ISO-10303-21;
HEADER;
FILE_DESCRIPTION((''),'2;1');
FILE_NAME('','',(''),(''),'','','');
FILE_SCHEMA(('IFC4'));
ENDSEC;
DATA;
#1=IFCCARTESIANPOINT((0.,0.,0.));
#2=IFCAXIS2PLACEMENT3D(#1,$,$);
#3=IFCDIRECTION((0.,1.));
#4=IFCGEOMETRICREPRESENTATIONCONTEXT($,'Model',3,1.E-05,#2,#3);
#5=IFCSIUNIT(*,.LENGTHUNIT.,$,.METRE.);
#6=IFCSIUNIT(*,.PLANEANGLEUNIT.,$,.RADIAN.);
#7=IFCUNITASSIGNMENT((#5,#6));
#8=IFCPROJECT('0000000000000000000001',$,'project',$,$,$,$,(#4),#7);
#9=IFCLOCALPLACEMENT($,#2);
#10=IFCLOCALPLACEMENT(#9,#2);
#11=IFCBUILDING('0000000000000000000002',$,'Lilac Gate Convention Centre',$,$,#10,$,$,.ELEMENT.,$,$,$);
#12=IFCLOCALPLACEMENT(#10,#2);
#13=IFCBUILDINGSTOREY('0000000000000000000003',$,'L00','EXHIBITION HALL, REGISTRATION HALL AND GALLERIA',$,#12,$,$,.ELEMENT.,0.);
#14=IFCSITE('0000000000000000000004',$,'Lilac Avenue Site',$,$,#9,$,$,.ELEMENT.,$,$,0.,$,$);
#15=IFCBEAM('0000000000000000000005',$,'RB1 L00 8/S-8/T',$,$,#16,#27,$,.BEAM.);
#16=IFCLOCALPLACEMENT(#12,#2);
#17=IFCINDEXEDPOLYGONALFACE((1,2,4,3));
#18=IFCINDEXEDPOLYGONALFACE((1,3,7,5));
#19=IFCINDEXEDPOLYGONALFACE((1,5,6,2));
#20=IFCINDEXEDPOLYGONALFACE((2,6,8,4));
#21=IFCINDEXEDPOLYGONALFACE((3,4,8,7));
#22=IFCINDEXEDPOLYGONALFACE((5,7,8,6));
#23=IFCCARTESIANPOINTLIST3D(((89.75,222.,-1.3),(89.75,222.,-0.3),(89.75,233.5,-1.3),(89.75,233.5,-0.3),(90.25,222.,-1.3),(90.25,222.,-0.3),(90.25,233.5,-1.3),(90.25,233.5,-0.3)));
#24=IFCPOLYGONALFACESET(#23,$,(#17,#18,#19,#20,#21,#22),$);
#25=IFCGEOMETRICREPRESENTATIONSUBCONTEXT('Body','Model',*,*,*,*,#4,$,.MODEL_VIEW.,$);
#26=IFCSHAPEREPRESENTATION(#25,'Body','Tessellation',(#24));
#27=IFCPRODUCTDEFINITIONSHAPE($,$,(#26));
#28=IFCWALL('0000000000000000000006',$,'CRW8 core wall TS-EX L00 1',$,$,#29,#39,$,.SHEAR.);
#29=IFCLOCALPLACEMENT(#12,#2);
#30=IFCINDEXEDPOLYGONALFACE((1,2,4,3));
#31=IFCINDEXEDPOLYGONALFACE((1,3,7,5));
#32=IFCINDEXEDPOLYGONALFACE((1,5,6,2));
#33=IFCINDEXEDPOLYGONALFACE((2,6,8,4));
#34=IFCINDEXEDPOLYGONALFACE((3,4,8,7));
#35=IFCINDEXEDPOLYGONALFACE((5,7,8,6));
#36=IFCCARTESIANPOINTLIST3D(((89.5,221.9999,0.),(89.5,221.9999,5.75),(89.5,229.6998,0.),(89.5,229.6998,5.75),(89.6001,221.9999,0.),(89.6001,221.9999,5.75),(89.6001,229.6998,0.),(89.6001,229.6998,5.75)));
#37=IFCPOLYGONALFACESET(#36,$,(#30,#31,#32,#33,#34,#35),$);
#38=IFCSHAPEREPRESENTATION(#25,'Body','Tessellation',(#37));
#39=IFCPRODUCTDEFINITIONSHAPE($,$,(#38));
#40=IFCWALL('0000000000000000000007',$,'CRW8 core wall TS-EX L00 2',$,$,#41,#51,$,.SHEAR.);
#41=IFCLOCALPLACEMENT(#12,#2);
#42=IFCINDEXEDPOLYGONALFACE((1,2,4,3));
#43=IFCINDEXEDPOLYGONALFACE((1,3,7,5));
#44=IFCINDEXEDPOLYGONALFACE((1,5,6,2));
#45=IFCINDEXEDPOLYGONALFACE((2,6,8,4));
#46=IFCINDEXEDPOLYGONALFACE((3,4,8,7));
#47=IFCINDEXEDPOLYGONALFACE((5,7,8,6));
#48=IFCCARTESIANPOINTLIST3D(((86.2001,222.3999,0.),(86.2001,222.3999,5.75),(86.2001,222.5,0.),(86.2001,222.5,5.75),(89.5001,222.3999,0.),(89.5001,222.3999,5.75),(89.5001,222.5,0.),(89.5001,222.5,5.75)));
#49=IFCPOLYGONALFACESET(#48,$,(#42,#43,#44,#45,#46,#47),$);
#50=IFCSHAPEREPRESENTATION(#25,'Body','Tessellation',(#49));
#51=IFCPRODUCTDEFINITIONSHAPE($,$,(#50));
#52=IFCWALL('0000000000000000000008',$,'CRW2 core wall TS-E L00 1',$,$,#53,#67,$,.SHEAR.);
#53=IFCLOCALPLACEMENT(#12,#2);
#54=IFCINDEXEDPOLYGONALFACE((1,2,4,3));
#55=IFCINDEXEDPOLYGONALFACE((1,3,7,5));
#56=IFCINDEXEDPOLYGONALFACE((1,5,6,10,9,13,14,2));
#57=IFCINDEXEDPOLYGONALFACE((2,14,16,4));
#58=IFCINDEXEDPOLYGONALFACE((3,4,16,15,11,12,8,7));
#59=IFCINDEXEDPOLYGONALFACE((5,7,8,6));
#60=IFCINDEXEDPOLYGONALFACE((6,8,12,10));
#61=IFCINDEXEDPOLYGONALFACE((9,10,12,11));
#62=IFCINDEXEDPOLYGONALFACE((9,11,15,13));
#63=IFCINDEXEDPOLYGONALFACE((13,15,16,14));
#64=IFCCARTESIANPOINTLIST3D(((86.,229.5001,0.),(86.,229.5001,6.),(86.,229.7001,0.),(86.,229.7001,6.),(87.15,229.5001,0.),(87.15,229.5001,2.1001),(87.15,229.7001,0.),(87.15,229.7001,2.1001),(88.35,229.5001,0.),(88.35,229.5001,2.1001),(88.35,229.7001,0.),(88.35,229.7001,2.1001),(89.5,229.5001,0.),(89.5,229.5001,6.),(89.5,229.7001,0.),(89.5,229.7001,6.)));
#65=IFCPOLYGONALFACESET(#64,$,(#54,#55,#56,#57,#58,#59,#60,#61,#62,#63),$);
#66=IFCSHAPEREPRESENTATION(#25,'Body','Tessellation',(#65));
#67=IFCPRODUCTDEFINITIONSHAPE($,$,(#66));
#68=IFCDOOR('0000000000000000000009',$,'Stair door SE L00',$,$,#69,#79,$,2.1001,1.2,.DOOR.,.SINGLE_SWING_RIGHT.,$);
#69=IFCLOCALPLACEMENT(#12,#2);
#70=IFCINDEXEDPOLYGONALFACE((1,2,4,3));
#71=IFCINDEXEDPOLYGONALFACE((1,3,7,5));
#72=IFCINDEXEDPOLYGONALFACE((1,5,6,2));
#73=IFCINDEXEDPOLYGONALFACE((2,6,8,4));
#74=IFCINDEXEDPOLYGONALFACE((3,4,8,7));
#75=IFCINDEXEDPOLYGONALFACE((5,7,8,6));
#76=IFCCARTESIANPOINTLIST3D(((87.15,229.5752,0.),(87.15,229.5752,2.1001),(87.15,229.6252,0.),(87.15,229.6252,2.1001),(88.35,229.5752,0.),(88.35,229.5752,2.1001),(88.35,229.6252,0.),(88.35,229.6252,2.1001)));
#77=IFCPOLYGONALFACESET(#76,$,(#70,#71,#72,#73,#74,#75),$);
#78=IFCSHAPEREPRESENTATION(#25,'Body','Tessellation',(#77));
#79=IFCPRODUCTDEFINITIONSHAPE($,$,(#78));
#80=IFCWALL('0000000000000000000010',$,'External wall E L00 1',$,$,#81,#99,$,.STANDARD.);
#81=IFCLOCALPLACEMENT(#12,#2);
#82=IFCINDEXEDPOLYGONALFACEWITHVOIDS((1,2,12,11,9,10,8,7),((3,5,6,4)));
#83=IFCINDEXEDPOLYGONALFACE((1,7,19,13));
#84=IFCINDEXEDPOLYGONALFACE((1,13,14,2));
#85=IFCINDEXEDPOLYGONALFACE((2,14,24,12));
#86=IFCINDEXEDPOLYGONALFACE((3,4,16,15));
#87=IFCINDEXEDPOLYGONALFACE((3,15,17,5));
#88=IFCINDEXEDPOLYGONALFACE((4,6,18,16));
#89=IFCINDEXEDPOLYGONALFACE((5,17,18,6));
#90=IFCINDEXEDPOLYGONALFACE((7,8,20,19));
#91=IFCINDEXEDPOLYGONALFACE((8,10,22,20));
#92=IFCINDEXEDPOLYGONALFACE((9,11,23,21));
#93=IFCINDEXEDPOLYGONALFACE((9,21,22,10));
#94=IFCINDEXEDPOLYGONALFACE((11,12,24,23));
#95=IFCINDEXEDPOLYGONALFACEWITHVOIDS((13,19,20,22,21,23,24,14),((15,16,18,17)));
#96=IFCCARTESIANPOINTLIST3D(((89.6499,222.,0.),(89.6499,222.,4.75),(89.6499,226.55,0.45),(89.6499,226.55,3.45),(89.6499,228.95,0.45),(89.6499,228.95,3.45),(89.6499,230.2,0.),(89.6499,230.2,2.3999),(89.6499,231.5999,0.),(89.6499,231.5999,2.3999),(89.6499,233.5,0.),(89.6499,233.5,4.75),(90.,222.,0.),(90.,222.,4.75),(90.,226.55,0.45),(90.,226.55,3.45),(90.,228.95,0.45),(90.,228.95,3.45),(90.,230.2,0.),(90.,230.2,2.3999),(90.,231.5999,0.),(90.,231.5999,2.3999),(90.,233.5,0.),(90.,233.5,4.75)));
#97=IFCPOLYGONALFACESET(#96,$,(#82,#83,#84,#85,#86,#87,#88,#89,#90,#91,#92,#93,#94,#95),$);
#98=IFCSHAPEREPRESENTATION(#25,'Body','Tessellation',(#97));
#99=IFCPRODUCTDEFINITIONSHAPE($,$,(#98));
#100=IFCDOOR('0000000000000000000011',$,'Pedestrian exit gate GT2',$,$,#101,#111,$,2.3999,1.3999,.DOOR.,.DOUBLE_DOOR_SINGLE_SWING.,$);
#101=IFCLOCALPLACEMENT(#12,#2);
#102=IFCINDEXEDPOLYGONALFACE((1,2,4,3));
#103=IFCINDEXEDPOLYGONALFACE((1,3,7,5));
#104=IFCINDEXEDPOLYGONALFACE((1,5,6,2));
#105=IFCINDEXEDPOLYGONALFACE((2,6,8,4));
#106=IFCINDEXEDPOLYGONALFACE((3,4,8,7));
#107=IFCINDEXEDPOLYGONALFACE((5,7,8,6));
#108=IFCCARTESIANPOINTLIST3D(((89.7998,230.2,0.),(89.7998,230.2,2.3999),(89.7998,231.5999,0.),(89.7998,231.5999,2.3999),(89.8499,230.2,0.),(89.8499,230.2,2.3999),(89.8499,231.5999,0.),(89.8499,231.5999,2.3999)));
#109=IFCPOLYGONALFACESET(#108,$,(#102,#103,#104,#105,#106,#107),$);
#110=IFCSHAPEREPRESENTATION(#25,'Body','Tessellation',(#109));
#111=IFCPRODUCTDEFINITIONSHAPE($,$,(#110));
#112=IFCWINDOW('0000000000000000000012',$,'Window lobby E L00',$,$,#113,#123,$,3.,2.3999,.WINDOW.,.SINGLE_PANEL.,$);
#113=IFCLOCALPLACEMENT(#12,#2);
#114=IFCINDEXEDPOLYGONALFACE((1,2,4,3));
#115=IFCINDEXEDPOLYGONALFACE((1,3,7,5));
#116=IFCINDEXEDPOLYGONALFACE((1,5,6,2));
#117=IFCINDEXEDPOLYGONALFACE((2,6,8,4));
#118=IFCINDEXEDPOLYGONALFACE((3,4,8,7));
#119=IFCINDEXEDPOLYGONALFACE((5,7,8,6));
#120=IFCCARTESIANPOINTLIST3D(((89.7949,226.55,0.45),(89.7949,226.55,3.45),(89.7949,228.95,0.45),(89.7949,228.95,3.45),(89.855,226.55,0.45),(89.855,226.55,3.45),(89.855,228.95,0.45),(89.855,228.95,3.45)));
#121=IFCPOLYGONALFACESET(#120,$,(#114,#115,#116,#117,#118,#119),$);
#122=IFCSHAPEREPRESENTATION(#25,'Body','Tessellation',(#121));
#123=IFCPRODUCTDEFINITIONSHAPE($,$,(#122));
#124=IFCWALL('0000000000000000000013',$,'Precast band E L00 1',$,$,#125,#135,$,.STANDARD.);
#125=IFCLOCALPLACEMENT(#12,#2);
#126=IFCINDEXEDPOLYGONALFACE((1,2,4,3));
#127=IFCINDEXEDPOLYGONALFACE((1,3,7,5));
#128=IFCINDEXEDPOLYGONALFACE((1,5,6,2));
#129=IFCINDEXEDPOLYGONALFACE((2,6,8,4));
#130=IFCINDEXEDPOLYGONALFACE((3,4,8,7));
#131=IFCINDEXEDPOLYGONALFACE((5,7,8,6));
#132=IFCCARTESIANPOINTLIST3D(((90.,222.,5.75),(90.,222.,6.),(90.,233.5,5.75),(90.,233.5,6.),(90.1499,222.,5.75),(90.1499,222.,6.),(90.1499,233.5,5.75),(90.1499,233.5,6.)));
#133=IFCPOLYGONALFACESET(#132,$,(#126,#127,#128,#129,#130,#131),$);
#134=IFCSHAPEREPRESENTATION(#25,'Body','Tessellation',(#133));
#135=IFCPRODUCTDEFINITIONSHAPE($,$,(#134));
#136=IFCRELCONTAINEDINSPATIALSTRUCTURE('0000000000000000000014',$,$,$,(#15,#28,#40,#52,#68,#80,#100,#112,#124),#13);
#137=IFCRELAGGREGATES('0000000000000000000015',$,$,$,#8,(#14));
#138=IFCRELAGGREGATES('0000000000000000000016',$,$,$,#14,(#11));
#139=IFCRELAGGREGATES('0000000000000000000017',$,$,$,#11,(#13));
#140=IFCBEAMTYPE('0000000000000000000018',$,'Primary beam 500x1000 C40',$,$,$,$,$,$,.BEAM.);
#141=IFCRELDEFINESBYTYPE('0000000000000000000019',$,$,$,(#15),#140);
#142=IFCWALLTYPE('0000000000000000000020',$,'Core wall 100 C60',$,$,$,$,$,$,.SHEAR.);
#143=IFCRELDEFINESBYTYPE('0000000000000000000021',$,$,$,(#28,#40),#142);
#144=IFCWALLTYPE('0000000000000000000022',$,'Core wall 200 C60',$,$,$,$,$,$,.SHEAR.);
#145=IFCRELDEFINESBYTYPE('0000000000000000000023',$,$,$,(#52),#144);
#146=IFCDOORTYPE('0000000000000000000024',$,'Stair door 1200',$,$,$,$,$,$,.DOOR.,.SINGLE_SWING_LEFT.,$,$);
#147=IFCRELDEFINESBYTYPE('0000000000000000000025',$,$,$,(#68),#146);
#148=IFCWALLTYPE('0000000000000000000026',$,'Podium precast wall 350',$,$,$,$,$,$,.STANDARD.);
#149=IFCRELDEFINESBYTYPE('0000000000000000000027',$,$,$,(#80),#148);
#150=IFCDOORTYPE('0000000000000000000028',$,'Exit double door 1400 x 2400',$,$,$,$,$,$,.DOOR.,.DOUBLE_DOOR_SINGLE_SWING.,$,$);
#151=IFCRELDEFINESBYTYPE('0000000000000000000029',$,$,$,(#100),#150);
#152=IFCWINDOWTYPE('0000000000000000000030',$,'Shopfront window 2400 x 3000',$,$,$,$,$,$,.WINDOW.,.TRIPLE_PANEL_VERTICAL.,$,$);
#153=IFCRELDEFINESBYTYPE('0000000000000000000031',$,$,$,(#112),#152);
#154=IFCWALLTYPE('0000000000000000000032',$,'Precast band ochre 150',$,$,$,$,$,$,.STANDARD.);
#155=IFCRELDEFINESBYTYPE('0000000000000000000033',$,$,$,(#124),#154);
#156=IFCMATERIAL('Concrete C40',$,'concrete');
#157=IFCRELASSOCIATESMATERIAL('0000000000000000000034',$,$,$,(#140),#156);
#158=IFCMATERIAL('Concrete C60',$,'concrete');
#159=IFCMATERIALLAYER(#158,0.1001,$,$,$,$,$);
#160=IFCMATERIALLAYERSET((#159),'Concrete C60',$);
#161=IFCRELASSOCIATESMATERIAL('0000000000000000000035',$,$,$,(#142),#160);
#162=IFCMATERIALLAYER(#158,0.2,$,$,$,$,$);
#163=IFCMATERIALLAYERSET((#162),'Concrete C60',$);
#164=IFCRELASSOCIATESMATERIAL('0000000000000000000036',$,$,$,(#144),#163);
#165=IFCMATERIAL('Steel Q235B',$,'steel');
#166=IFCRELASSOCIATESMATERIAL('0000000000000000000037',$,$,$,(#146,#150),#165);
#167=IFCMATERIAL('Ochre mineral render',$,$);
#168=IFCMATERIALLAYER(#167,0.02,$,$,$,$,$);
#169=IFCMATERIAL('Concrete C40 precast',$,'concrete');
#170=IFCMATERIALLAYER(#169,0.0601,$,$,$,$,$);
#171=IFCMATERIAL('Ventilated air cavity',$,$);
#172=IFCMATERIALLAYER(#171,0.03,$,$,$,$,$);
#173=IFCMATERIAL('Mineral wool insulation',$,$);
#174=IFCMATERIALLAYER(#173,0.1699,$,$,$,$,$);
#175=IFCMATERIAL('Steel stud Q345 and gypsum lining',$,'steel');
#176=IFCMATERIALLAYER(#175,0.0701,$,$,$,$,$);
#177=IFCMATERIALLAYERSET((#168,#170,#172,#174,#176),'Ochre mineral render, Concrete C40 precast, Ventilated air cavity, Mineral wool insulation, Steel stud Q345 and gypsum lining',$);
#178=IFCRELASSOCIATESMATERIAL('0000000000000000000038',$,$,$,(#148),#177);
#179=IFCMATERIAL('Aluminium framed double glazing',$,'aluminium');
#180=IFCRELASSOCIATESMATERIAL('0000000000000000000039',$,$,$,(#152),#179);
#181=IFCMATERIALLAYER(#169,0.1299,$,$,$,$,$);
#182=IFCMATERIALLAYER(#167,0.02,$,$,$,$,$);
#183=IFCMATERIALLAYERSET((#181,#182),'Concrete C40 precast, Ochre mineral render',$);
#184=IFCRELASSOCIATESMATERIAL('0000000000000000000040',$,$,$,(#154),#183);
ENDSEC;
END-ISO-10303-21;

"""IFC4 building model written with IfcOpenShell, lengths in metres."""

from ifc_helpers import new_model, si_unit, direction, frame, frame_2d, origin, origin_2d, place, context, subcontext, project, spatial, rectangle, extrude, material, layer, layer_set, material_profile, profile_set, type_object, element, fill, save


model = new_model("IFC4")

# Units and contexts
model_context = context("Model", 3, precision=1e-05, world=origin(), true_north=direction((0.0, 1.0)))
body_context = subcontext(model_context, "Body", "Model", "MODEL_VIEW")
ifc_project = project(units=[si_unit("LENGTHUNIT", "METRE"), si_unit("PLANEANGLEUNIT", "RADIAN")], contexts=[model_context])

# Site, building, storey
site_placement = place(None, origin())
site = spatial("IfcSite", under=ifc_project, at=site_placement, Name="Lilac Avenue Site", CompositionType="ELEMENT", RefElevation=0.0)
building_placement = place(site_placement, origin())
building = spatial("IfcBuilding", under=site, at=building_placement, Name="Lilac Gate Convention Centre", CompositionType="ELEMENT")
storey_placement = place(building_placement, origin())
storey = spatial("IfcBuildingStorey", under=building, at=storey_placement, Name="L00", Description="EXHIBITION HALL, REGISTRATION HALL AND GALLERIA", CompositionType="ELEMENT", Elevation=0.0)

# Beam
ifc_material_1 = material(Name="Concrete C40", Category="concrete")
ifc_material_profile = material_profile(ifc_material_1, rectangle(XDim=0.5, YDim=1.0, at=origin_2d()), Name="RC 500x1000")
ifc_profile_set = profile_set([ifc_material_profile], Name="Concrete C40")
beam_type = type_object("IfcBeamType", Name="Primary beam 500x1000 C40", PredefinedType="BEAM", material=ifc_profile_set)
beam_placement = place(storey_placement, frame((90.0, 222.0, -0.8), z_axis=(0.0, 1.0, 0.0), x_axis=(-1.0, 0.0, 0.0)))
element("IfcBeam", 1, at=beam_placement, inside=storey, type_object=beam_type, Name="RB1 L00 8/S-8/T", PredefinedType="BEAM", context=body_context, shape_type="SweptSolid", body=[
    extrude(rectangle(XDim=0.5, YDim=1.0, at=origin_2d()), origin(), (0.0, 0.0, 1.0), 11.5),
])

# Walls
ifc_material_2 = material(Name="Concrete C60", Category="concrete")
ifc_layer_1 = layer(ifc_material_2, 0.1001)
ifc_layer_set_1 = layer_set([ifc_layer_1], Name="Concrete C60")
wall_type_1 = type_object("IfcWallType", Name="Core wall 100 C60", PredefinedType="SHEAR", material=ifc_layer_set_1)
wall_1_placement = place(storey_placement, frame((89.55, 229.7, 0.0), z_axis=(0.0, 0.0, 1.0), x_axis=(0.0, -1.0, 0.0)))
element("IfcWall", 2, at=wall_1_placement, inside=storey, type_object=wall_type_1, Name="CRW8 core wall TS-EX L00 1", PredefinedType="SHEAR", context=body_context, shape_type="SweptSolid", body=[
    extrude(rectangle(XDim=7.7, YDim=0.1001, at=frame_2d((3.8501, 0.0))), origin(), (0.0, 0.0, 1.0), 5.75),
])
wall_2_placement = place(storey_placement, frame((89.5, 222.45, 0.0), z_axis=(0.0, 0.0, 1.0), x_axis=(-1.0, 0.0, 0.0)))
element("IfcWall", 3, at=wall_2_placement, inside=storey, type_object=wall_type_1, Name="CRW8 core wall TS-EX L00 2", PredefinedType="SHEAR", context=body_context, shape_type="SweptSolid", body=[
    extrude(rectangle(XDim=3.3, YDim=0.1001, at=frame_2d((1.6499, 0.0))), origin(), (0.0, 0.0, 1.0), 5.75),
])

# Wall, opening, door
ifc_layer_2 = layer(ifc_material_2, 0.2)
ifc_layer_set_2 = layer_set([ifc_layer_2], Name="Concrete C60")
wall_type_2 = type_object("IfcWallType", Name="Core wall 200 C60", PredefinedType="SHEAR", material=ifc_layer_set_2)
wall_3_placement = place(storey_placement, frame((89.5, 229.6001, 0.0), z_axis=(0.0, 0.0, 1.0), x_axis=(-1.0, 0.0, 0.0)))
wall_3 = element("IfcWall", 4, at=wall_3_placement, inside=storey, type_object=wall_type_2, Name="CRW2 core wall TS-E L00 1", PredefinedType="SHEAR", context=body_context, shape_type="SweptSolid", body=[
    extrude(rectangle(XDim=3.5, YDim=0.2, at=frame_2d((1.75, 0.0))), origin(), (0.0, 0.0, 1.0), 6.0),
])
opening_1_placement = place(wall_3_placement, frame((1.1499, 0.0, 0.0)))
opening_1 = element("IfcOpeningElement", 5, at=opening_1_placement, cuts=wall_3, PredefinedType="OPENING", context=body_context, shape_type="SweptSolid", body=[
    extrude(rectangle(XDim=1.2, YDim=2.1001, at=frame_2d((0.6001, 1.05))), frame((0.0, 0.1099, 0.0), z_axis=(0.0, -1.0, 0.0), x_axis=(1.0, 0.0, 0.0)), (0.0, 0.0, 1.0), 0.22),
])
ifc_material_3 = material(Name="Steel Q235B", Category="steel")
door_type_1 = type_object("IfcDoorType", Name="Stair door 1200", OperationType="SINGLE_SWING_LEFT", PredefinedType="DOOR", material=ifc_material_3)
door_1_placement = place(opening_1_placement, origin())
door_1 = element("IfcDoor", 6, at=door_1_placement, inside=storey, type_object=door_type_1, Name="Stair door SE L00", OperationType="SINGLE_SWING_RIGHT", OverallHeight=2.1001, OverallWidth=1.2, PredefinedType="DOOR", context=body_context, shape_type="SweptSolid", body=[
    extrude(rectangle(XDim=1.2, YDim=2.1001, at=frame_2d((0.6001, 1.05))), frame((0.0, 0.0249, 0.0), z_axis=(0.0, -1.0, 0.0), x_axis=(1.0, 0.0, 0.0)), (0.0, 0.0, 1.0), 0.05),
])
fill(opening_1, door_1)

# Wall, openings, door, window
ifc_material_4 = material(Name="Ochre mineral render")
ifc_layer_3 = layer(ifc_material_4, 0.02)
ifc_material_5 = material(Name="Concrete C40 precast", Category="concrete")
ifc_layer_4 = layer(ifc_material_5, 0.0601)
ifc_material_6 = material(Name="Ventilated air cavity")
ifc_layer_5 = layer(ifc_material_6, 0.03)
ifc_material_7 = material(Name="Mineral wool insulation")
ifc_layer_6 = layer(ifc_material_7, 0.1699)
ifc_material_8 = material(Name="Steel stud Q345 and gypsum lining", Category="steel")
ifc_layer_7 = layer(ifc_material_8, 0.0701)
ifc_layer_set_3 = layer_set([ifc_layer_3, ifc_layer_4, ifc_layer_5, ifc_layer_6, ifc_layer_7], Name="Ochre mineral render, Concrete C40 precast, Ventilated air cavity, Mineral wool insulation, Steel stud Q345 and gypsum lining")
wall_type_3 = type_object("IfcWallType", Name="Podium precast wall 350", PredefinedType="STANDARD", material=ifc_layer_set_3)
wall_4_placement = place(storey_placement, frame((89.825, 222.0, 0.0), z_axis=(0.0, 0.0, 1.0), x_axis=(0.0, 1.0, 0.0)))
wall_4 = element("IfcWall", 7, at=wall_4_placement, inside=storey, type_object=wall_type_3, Name="External wall E L00 1", PredefinedType="STANDARD", context=body_context, shape_type="SweptSolid", body=[
    extrude(rectangle(XDim=11.5, YDim=0.3501, at=frame_2d((5.75, 0.0))), origin(), (0.0, 0.0, 1.0), 4.75),
])
opening_2_placement = place(wall_4_placement, frame((8.2, 0.0, 0.0)))
opening_2 = element("IfcOpeningElement", 8, at=opening_2_placement, cuts=wall_4, PredefinedType="OPENING", context=body_context, shape_type="SweptSolid", body=[
    extrude(rectangle(XDim=1.3999, YDim=2.3999, at=frame_2d((0.7, 1.2))), frame((0.0, 0.1851, 0.0), z_axis=(0.0, -1.0, 0.0), x_axis=(1.0, 0.0, 0.0)), (0.0, 0.0, 1.0), 0.3701),
])
opening_3_placement = place(wall_4_placement, frame((4.55, 0.0, 0.45)))
opening_3 = element("IfcOpeningElement", 9, at=opening_3_placement, cuts=wall_4, PredefinedType="OPENING", context=body_context, shape_type="SweptSolid", body=[
    extrude(rectangle(XDim=2.3999, YDim=3.0, at=frame_2d((1.2, 1.5))), frame((0.0, 0.1851, 0.0), z_axis=(0.0, -1.0, 0.0), x_axis=(1.0, 0.0, 0.0)), (0.0, 0.0, 1.0), 0.3701),
])
door_type_2 = type_object("IfcDoorType", Name="Exit double door 1400 x 2400", OperationType="DOUBLE_DOOR_SINGLE_SWING", PredefinedType="DOOR", material=ifc_material_3)
door_2_placement = place(opening_2_placement, frame((1.3999, 0.0, 0.0), z_axis=(0.0, 0.0, 1.0), x_axis=(-1.0, 0.0, 0.0)))
door_2 = element("IfcDoor", 10, at=door_2_placement, inside=storey, type_object=door_type_2, Name="Pedestrian exit gate GT2", OperationType="DOUBLE_DOOR_SINGLE_SWING", OverallHeight=2.3999, OverallWidth=1.3999, PredefinedType="DOOR", context=body_context, shape_type="SweptSolid", body=[
    extrude(rectangle(XDim=1.3999, YDim=2.3999, at=frame_2d((0.7, 1.2))), frame((0.0, 0.0249, 0.0), z_axis=(0.0, -1.0, 0.0), x_axis=(1.0, 0.0, 0.0)), (0.0, 0.0, 1.0), 0.05),
])
fill(opening_2, door_2)
ifc_material_9 = material(Name="Aluminium framed double glazing", Category="aluminium")
window_type = type_object("IfcWindowType", Name="Shopfront window 2400 x 3000", PartitioningType="TRIPLE_PANEL_VERTICAL", PredefinedType="WINDOW", material=ifc_material_9)
window_placement = place(opening_3_placement, origin())
window = element("IfcWindow", 11, at=window_placement, inside=storey, type_object=window_type, Name="Window lobby E L00", OverallHeight=3.0, OverallWidth=2.3999, PartitioningType="SINGLE_PANEL", PredefinedType="WINDOW", context=body_context, shape_type="SweptSolid", body=[
    extrude(rectangle(XDim=2.3999, YDim=3.0, at=frame_2d((1.2, 1.5))), frame((0.0, 0.03, 0.0), z_axis=(0.0, -1.0, 0.0), x_axis=(1.0, 0.0, 0.0)), (0.0, 0.0, 1.0), 0.0601),
])
fill(opening_3, window)

# Wall
ifc_layer_8 = layer(ifc_material_5, 0.1299)
ifc_layer_9 = layer(ifc_material_4, 0.02)
ifc_layer_set_4 = layer_set([ifc_layer_8, ifc_layer_9], Name="Concrete C40 precast, Ochre mineral render")
wall_type_4 = type_object("IfcWallType", Name="Precast band ochre 150", PredefinedType="STANDARD", material=ifc_layer_set_4)
wall_5_placement = place(storey_placement, frame((90.075, 222.0, 5.75), z_axis=(0.0, 0.0, 1.0), x_axis=(0.0, 1.0, 0.0)))
element("IfcWall", 12, at=wall_5_placement, inside=storey, type_object=wall_type_4, Name="Precast band E L00 1", PredefinedType="STANDARD", context=body_context, shape_type="SweptSolid", body=[
    extrude(rectangle(XDim=11.5, YDim=0.1499, at=frame_2d((5.75, 0.0))), origin(), (0.0, 0.0, 1.0), 0.25),
])

save(model, "model.ifc")
